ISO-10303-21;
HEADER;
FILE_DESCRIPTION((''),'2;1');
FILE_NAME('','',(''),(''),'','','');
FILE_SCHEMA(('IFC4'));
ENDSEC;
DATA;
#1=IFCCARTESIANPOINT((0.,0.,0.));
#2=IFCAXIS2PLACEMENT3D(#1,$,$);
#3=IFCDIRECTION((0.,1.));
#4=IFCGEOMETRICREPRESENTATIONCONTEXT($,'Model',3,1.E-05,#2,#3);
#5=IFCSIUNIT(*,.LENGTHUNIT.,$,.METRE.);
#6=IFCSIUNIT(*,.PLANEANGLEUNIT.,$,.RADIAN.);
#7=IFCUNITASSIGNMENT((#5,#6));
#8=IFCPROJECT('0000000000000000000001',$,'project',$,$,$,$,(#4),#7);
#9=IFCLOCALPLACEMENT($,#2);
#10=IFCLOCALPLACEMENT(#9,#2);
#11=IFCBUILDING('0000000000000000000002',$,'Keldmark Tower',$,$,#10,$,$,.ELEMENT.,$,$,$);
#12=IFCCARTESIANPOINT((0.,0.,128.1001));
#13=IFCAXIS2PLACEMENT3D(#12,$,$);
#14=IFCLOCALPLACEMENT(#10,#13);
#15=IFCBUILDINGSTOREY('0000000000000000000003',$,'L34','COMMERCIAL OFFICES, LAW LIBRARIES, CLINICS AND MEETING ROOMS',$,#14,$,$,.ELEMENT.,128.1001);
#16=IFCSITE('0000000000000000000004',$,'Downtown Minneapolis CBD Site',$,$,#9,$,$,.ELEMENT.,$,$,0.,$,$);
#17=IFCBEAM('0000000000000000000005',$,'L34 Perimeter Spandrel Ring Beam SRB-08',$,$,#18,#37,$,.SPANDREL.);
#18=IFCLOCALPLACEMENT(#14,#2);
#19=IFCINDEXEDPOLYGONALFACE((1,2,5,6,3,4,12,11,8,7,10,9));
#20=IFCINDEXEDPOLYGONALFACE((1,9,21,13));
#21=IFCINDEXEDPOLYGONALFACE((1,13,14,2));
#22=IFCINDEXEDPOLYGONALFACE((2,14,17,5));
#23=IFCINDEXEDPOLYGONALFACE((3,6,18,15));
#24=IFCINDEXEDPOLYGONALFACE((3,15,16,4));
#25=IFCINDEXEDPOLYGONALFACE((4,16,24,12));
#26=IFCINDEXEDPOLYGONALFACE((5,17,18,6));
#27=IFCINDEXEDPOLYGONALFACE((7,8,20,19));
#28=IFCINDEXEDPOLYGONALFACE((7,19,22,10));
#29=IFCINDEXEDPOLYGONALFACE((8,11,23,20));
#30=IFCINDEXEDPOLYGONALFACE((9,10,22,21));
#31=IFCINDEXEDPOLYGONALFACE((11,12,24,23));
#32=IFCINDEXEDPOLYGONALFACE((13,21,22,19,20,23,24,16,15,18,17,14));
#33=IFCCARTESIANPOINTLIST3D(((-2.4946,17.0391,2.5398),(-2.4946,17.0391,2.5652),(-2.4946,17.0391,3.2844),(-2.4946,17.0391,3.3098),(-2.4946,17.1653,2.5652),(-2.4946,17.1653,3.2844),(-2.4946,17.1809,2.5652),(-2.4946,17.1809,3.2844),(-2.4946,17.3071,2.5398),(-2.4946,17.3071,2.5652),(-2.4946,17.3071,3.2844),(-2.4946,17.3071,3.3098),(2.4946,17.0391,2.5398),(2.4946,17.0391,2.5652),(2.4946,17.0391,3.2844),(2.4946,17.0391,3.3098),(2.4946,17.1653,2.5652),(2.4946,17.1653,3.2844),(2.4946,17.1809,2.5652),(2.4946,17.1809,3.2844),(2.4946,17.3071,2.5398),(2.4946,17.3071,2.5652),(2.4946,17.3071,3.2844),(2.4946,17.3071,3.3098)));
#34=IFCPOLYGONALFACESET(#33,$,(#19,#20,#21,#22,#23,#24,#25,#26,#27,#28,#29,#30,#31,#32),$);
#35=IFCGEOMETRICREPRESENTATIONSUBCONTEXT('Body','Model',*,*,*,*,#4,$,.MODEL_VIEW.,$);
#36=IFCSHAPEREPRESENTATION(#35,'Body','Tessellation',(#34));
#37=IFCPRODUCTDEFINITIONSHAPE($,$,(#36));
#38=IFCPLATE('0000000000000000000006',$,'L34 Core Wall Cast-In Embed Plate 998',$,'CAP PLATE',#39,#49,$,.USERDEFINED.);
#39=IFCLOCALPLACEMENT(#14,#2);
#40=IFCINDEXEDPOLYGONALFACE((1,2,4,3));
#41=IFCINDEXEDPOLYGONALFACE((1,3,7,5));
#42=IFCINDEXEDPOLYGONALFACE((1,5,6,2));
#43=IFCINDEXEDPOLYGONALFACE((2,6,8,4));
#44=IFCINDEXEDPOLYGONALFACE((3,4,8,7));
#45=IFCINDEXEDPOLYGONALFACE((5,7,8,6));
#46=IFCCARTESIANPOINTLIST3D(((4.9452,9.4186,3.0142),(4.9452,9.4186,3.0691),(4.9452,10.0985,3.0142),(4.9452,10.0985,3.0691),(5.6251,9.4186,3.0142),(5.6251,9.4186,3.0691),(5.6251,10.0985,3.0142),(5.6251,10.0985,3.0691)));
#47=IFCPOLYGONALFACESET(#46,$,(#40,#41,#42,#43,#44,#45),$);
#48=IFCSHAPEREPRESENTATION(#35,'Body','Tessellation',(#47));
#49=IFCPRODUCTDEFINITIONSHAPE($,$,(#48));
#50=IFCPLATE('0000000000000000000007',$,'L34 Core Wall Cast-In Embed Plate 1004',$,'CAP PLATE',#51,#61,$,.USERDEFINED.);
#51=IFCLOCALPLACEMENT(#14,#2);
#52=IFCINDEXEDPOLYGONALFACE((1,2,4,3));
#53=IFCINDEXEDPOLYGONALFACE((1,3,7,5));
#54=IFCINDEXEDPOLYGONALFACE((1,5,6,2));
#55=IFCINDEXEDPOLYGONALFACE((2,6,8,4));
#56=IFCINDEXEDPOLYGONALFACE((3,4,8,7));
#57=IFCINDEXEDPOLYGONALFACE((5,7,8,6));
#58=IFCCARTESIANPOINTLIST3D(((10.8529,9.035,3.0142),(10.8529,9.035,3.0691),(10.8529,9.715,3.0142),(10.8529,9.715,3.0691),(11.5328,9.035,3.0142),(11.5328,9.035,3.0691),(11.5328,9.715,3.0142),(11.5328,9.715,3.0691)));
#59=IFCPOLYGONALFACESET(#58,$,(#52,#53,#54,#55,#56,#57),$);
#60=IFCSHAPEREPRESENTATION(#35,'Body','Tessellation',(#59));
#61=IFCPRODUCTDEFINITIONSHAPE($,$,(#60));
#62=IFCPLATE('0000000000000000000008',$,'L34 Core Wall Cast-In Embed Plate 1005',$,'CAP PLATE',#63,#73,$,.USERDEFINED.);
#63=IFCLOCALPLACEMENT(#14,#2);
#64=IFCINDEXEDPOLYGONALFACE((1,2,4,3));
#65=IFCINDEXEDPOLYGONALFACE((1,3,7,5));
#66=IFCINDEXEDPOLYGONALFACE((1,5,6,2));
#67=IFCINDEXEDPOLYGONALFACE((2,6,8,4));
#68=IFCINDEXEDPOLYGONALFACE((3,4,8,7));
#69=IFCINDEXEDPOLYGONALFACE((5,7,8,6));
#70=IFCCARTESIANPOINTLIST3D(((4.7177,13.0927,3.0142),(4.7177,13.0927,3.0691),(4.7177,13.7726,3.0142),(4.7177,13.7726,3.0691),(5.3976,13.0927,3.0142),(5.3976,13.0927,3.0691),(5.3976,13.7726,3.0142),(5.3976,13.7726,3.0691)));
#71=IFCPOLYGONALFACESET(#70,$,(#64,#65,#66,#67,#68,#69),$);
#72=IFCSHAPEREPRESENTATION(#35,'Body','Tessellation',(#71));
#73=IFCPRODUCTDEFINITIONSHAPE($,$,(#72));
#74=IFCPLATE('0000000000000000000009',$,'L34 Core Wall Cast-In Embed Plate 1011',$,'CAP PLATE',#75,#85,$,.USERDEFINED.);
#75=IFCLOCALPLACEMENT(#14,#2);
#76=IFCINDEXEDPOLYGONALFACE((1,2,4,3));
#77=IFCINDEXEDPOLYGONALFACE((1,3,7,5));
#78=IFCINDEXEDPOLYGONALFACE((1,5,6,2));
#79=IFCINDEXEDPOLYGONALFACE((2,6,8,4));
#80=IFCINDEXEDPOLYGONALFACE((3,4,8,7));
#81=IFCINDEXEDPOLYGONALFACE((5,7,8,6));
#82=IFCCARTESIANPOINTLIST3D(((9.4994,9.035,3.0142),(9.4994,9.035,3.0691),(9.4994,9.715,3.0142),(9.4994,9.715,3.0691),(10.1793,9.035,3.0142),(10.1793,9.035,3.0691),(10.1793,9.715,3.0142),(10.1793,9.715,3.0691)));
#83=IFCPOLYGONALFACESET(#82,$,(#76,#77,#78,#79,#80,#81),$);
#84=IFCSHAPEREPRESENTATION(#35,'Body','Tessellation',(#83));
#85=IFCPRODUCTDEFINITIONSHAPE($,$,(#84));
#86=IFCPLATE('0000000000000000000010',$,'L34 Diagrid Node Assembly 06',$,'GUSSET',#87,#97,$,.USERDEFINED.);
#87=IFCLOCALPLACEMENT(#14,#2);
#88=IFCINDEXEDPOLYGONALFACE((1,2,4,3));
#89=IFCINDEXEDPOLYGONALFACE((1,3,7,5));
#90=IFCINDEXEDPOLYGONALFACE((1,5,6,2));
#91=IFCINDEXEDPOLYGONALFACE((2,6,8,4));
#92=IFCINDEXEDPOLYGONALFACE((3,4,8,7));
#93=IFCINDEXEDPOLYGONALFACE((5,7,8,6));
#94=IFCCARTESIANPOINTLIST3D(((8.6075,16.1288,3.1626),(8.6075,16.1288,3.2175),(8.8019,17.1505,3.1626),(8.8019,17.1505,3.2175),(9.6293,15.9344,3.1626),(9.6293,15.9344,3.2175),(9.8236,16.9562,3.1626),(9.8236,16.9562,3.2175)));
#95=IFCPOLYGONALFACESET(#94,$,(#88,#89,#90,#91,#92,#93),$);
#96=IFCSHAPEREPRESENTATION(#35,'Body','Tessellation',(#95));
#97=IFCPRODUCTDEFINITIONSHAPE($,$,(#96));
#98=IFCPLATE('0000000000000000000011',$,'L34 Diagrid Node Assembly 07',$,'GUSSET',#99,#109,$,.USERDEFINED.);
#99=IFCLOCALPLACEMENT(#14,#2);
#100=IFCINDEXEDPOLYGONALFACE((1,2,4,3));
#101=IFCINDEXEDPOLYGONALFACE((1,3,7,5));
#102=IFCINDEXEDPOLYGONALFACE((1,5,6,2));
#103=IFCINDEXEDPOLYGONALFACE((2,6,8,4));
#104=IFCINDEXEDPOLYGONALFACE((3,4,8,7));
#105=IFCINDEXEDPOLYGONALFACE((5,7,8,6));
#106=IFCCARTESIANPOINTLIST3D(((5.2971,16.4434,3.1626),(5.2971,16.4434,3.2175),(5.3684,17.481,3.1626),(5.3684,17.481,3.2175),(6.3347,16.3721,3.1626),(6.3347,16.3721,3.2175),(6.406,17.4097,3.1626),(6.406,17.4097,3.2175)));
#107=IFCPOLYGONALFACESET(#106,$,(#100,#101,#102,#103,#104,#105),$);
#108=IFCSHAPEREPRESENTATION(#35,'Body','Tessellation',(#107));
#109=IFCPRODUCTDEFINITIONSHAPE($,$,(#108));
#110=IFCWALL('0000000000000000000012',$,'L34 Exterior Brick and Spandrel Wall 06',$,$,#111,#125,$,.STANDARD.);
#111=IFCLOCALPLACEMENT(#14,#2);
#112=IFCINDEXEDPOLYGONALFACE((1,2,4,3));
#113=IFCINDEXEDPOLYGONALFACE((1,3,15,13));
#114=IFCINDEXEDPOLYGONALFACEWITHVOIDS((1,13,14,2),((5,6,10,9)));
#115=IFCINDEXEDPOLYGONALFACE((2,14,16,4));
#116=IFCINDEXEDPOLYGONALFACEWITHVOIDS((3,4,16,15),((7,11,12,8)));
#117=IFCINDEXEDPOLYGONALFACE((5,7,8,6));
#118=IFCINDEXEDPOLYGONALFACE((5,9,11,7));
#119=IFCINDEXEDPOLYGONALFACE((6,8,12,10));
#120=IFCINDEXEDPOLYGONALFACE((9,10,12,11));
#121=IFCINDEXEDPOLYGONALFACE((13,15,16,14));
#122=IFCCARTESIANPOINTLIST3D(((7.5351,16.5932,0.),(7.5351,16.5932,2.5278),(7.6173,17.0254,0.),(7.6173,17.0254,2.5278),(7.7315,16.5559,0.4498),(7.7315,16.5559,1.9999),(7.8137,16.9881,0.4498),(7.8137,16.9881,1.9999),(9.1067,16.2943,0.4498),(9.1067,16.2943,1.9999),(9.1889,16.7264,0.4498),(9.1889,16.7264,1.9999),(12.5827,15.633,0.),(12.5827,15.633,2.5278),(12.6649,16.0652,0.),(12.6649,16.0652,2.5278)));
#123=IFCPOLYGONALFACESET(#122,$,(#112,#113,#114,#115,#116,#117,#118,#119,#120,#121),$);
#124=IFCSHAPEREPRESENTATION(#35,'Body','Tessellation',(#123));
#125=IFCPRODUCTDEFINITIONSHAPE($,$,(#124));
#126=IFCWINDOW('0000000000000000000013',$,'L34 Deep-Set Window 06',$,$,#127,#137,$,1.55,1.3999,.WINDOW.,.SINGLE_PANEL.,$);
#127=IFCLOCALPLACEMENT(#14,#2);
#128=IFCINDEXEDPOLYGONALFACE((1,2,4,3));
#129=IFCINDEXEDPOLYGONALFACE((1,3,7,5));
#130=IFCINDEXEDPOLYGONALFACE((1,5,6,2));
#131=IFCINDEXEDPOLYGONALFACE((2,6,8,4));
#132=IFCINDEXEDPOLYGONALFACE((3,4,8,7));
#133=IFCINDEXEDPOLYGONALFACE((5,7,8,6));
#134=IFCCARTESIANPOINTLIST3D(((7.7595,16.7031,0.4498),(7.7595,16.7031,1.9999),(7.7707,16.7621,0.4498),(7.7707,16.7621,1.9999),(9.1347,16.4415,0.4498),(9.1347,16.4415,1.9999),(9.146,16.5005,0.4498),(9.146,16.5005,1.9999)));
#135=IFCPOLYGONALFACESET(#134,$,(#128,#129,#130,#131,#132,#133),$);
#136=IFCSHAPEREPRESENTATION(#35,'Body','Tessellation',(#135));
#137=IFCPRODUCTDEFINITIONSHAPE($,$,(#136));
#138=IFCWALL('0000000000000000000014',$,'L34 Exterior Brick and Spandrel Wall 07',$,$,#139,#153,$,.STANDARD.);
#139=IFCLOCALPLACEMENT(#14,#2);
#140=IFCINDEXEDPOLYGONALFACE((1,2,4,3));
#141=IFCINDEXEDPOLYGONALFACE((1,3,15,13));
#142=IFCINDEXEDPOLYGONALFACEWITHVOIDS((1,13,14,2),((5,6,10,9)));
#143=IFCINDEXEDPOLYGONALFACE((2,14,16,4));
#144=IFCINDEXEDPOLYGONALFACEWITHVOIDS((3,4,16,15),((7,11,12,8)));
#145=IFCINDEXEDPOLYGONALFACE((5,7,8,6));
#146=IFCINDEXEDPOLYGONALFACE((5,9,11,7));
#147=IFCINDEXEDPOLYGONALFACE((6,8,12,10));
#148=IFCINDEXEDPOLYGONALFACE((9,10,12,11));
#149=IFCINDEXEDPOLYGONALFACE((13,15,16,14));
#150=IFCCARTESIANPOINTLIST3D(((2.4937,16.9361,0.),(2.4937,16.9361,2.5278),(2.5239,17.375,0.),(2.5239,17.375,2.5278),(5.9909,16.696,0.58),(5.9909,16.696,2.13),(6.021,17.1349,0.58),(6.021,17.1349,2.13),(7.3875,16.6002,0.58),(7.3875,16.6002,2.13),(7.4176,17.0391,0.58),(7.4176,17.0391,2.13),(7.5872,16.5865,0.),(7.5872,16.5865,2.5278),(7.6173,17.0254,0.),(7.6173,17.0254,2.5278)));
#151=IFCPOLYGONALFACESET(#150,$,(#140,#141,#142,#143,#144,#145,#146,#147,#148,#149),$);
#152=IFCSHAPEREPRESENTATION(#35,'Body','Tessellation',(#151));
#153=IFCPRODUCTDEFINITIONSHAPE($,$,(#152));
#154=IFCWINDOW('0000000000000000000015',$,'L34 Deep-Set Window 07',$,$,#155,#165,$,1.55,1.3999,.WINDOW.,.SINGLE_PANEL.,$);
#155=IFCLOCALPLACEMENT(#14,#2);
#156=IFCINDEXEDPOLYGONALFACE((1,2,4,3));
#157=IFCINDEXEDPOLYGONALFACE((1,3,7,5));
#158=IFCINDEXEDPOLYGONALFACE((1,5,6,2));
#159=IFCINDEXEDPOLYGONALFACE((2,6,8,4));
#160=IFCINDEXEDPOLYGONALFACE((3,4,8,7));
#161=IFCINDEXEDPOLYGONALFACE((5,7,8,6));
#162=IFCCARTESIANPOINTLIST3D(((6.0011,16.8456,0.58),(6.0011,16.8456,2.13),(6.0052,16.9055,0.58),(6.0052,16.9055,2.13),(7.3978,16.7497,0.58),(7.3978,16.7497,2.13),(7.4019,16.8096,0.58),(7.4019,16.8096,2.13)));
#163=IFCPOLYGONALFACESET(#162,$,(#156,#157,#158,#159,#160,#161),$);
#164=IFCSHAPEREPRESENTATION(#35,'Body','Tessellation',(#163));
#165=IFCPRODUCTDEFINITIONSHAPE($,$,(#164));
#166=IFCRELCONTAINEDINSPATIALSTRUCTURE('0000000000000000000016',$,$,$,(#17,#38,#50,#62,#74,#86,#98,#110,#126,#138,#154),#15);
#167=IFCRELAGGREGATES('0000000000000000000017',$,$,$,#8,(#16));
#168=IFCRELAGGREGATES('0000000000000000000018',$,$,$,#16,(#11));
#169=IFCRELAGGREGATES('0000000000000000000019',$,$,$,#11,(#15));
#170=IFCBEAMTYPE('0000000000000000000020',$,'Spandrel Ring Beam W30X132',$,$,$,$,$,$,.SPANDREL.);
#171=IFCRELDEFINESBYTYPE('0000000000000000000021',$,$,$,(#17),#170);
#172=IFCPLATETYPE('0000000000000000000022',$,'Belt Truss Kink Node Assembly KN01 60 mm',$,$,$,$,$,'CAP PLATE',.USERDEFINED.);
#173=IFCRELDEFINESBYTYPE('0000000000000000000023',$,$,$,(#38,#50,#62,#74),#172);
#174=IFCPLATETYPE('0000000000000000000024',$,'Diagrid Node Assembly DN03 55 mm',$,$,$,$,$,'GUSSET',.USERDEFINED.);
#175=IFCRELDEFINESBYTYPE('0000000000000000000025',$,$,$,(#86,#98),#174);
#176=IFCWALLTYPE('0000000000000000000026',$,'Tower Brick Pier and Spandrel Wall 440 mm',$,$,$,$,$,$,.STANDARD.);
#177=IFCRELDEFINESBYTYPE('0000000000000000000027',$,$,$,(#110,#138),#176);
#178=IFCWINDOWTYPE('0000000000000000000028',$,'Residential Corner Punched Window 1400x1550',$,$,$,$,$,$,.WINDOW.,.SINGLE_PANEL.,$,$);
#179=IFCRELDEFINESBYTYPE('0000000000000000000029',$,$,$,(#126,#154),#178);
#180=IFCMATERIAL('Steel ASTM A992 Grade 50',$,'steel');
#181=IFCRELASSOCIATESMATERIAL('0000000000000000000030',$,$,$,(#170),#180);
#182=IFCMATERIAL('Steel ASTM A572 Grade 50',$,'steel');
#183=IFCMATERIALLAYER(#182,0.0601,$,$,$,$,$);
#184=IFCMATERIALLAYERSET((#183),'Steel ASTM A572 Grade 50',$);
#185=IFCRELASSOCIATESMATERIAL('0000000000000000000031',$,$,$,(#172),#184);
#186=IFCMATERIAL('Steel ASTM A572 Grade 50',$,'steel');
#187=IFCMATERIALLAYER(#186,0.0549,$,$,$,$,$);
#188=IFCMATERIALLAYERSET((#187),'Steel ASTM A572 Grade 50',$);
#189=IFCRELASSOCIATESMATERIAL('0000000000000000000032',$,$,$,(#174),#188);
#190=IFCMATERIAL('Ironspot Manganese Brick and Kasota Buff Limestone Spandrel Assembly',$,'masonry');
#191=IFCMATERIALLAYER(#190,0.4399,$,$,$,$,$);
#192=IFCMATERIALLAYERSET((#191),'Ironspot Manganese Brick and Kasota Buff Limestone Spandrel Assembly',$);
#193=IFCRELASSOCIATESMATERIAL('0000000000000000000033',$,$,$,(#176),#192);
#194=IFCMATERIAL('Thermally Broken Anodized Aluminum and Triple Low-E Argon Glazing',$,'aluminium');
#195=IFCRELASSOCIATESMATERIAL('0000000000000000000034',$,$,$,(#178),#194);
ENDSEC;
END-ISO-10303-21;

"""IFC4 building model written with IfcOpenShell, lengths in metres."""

from ifc_helpers import new_model, si_unit, direction, frame, frame_2d, origin, origin_2d, place, context, subcontext, project, spatial, rectangle, i_section, extrude, material, layer, layer_set, material_profile, profile_set, type_object, element, fill, save


model = new_model("IFC4")

# Units and contexts
model_context = context("Model", 3, precision=1e-05, world=origin(), true_north=direction((0.0, 1.0)))
body_context = subcontext(model_context, "Body", "Model", "MODEL_VIEW")
ifc_project = project(units=[si_unit("LENGTHUNIT", "METRE"), si_unit("PLANEANGLEUNIT", "RADIAN")], contexts=[model_context])

# Site, building, storey
site_placement = place(None, origin())
site = spatial("IfcSite", under=ifc_project, at=site_placement, Name="Downtown Minneapolis CBD Site", CompositionType="ELEMENT", RefElevation=0.0)
building_placement = place(site_placement, origin())
building = spatial("IfcBuilding", under=site, at=building_placement, Name="Keldmark Tower", CompositionType="ELEMENT")
storey_placement = place(building_placement, frame((0.0, 0.0, 128.1001)))
storey = spatial("IfcBuildingStorey", under=building, at=storey_placement, Name="L34", Description="COMMERCIAL OFFICES, LAW LIBRARIES, CLINICS AND MEETING ROOMS", CompositionType="ELEMENT", Elevation=128.1001)

# Beam
ifc_material_1 = material(Name="Steel ASTM A992 Grade 50", Category="steel")
ifc_material_profile_1 = material_profile(ifc_material_1, i_section(OverallWidth=0.2681, OverallDepth=0.77, WebThickness=0.0156, FlangeThickness=0.0254, at=origin_2d()), Name="W30X132")
ifc_profile_set_1 = profile_set([ifc_material_profile_1], Name="Steel ASTM A992 Grade 50")
beam_type_1 = type_object("IfcBeamType", Name="Spandrel Ring Beam W30X132", PredefinedType="SPANDREL", material=ifc_profile_set_1)
beam_1_placement = place(storey_placement, frame((2.4946, 17.1731, 2.9248), z_axis=(-1.0, 0.0, 0.0), x_axis=(0.0, -1.0, 0.0)))
element("IfcBeam", 1, at=beam_1_placement, inside=storey, type_object=beam_type_1, Name="L34 Perimeter Spandrel Ring Beam SRB-08", PredefinedType="SPANDREL", context=body_context, shape_type="SweptSolid", body=[
    extrude(i_section(OverallWidth=0.2681, OverallDepth=0.77, WebThickness=0.0156, FlangeThickness=0.0254, at=origin_2d()), origin(), (0.0, 0.0, 1.0), 4.9893),
])

# Plates
ifc_material_2 = material(Name="Steel ASTM A572 Grade 50", Category="steel")
ifc_layer_1 = layer(ifc_material_2, 0.0601)
ifc_layer_set_1 = layer_set([ifc_layer_1], Name="Steel ASTM A572 Grade 50")
plate_type_1 = type_object("IfcPlateType", Name="Belt Truss Kink Node Assembly KN01 60 mm", ElementType="CAP PLATE", PredefinedType="USERDEFINED", material=ifc_layer_set_1)
for number, where, z_axis, x_axis, name in (
    (2, (5.2852, 9.7585, 3.0142), (0.0, 0.0, 1.0), (1.0, 0.0, 0.0), "L34 Core Wall Cast-In Embed Plate 998"),
    (3, (11.1929, 9.375, 3.0142), (0.0, 0.0, 1.0), (1.0, 0.0, 0.0), "L34 Core Wall Cast-In Embed Plate 1004"),
    (4, (5.0576, 13.4326, 3.0142), (0.0, 0.0, 1.0), (1.0, 0.0, 0.0), "L34 Core Wall Cast-In Embed Plate 1005"),
    (5, (9.8394, 9.375, 3.0142), (0.0, 0.0, 1.0), (1.0, 0.0, 0.0), "L34 Core Wall Cast-In Embed Plate 1011"),
):
    element("IfcPlate", number, at=place(storey_placement, frame(where, z_axis=z_axis, x_axis=x_axis)), inside=storey, type_object=plate_type_1, Name=name, ObjectType="CAP PLATE", PredefinedType="USERDEFINED", context=body_context, shape_type="SweptSolid", body=[
        extrude(rectangle(XDim=0.6799, YDim=0.6799, at=origin_2d()), origin(), (0.0, 0.0, 1.0), 0.0549),
    ])
ifc_material_3 = material(Name="Steel ASTM A572 Grade 50", Category="steel")
ifc_layer_2 = layer(ifc_material_3, 0.0549)
ifc_layer_set_2 = layer_set([ifc_layer_2], Name="Steel ASTM A572 Grade 50")
plate_type_2 = type_object("IfcPlateType", Name="Diagrid Node Assembly DN03 55 mm", ElementType="GUSSET", PredefinedType="USERDEFINED", material=ifc_layer_set_2)
for number, where, z_axis, x_axis, name in (
    (6, (9.2156, 16.5425, 3.1626), (0.0, 0.0, 1.0), (-0.982385, 0.186867, 0.0), "L34 Diagrid Node Assembly 06"),
    (7, (5.8516, 16.9265, 3.1626), (0.0, 0.0, 1.0), (-0.997649, 0.068538, 0.0), "L34 Diagrid Node Assembly 07"),
):
    element("IfcPlate", number, at=place(storey_placement, frame(where, z_axis=z_axis, x_axis=x_axis)), inside=storey, type_object=plate_type_2, Name=name, ObjectType="GUSSET", PredefinedType="USERDEFINED", context=body_context, shape_type="SweptSolid", body=[
        extrude(rectangle(XDim=1.04, YDim=1.04, at=origin_2d()), origin(), (0.0, 0.0, 1.0), 0.0549),
    ])

# Walls, openings, windows
ifc_material_4 = material(Name="Ironspot Manganese Brick and Kasota Buff Limestone Spandrel Assembly", Category="masonry")
ifc_layer_3 = layer(ifc_material_4, 0.4399)
ifc_layer_set_3 = layer_set([ifc_layer_3], Name="Ironspot Manganese Brick and Kasota Buff Limestone Spandrel Assembly")
wall_type = type_object("IfcWallType", Name="Tower Brick Pier and Spandrel Wall 440 mm", PredefinedType="STANDARD", material=ifc_layer_set_3)
wall_1_placement = place(storey_placement, frame((7.5762, 16.8093, 0.0), z_axis=(0.0, 0.0, 1.0), x_axis=(0.982383, -0.186878, 0.0)))
wall_1 = element("IfcWall", 8, at=wall_1_placement, inside=storey, type_object=wall_type, Name="L34 Exterior Brick and Spandrel Wall 06", PredefinedType="STANDARD", context=body_context, shape_type="SweptSolid", body=[
    extrude(rectangle(XDim=5.1382, YDim=0.4399, at=frame_2d((2.5691, 0.0))), origin(), (0.0, 0.0, 1.0), 2.5278),
])
opening_1_placement = place(wall_1_placement, frame((0.2, 0.0, 0.45)))
opening_1 = element("IfcOpeningElement", 9, at=opening_1_placement, cuts=wall_1, PredefinedType="OPENING", context=body_context, shape_type="SweptSolid", body=[
    extrude(rectangle(XDim=1.3999, YDim=1.55, at=frame_2d((0.7, 0.7749))), frame((0.0, 0.23, 0.0), z_axis=(0.0, -1.0, 0.0), x_axis=(1.0, 0.0, 0.0)), (0.0, 0.0, 1.0), 0.46),
])
ifc_material_5 = material(Name="Thermally Broken Anodized Aluminum and Triple Low-E Argon Glazing", Category="aluminium")
window_type = type_object("IfcWindowType", Name="Residential Corner Punched Window 1400x1550", PartitioningType="SINGLE_PANEL", PredefinedType="WINDOW", material=ifc_material_5)
window_1_placement = place(opening_1_placement, origin())
window_1 = element("IfcWindow", 10, at=window_1_placement, inside=storey, type_object=window_type, Name="L34 Deep-Set Window 06", OverallHeight=1.55, OverallWidth=1.3999, PartitioningType="SINGLE_PANEL", PredefinedType="WINDOW", context=body_context, shape_type="SweptSolid", body=[
    extrude(rectangle(XDim=1.3999, YDim=1.55, at=frame_2d((0.7, 0.7749))), frame((0.0, -0.01, 0.0), z_axis=(0.0, -1.0, 0.0), x_axis=(1.0, 0.0, 0.0)), (0.0, 0.0, 1.0), 0.0601),
])
fill(opening_1, window_1)
wall_2_placement = place(storey_placement, frame((2.5088, 17.1555, 0.0), z_axis=(0.0, 0.0, 1.0), x_axis=(0.997653, -0.068477, 0.0)))
wall_2 = element("IfcWall", 11, at=wall_2_placement, inside=storey, type_object=wall_type, Name="L34 Exterior Brick and Spandrel Wall 07", PredefinedType="STANDARD", context=body_context, shape_type="SweptSolid", body=[
    extrude(rectangle(XDim=5.1055, YDim=0.4399, at=frame_2d((2.5527, 0.0))), origin(), (0.0, 0.0, 1.0), 2.5278),
])
opening_2_placement = place(wall_2_placement, frame((3.5054, 0.0, 0.5801)))
opening_2 = element("IfcOpeningElement", 12, at=opening_2_placement, cuts=wall_2, PredefinedType="OPENING", context=body_context, shape_type="SweptSolid", body=[
    extrude(rectangle(XDim=1.3999, YDim=1.55, at=frame_2d((0.7, 0.7749))), frame((0.0, 0.23, 0.0), z_axis=(0.0, -1.0, 0.0), x_axis=(1.0, 0.0, 0.0)), (0.0, 0.0, 1.0), 0.46),
])
window_2_placement = place(opening_2_placement, origin())
window_2 = element("IfcWindow", 13, at=window_2_placement, inside=storey, type_object=window_type, Name="L34 Deep-Set Window 07", OverallHeight=1.55, OverallWidth=1.3999, PartitioningType="SINGLE_PANEL", PredefinedType="WINDOW", context=body_context, shape_type="SweptSolid", body=[
    extrude(rectangle(XDim=1.3999, YDim=1.55, at=frame_2d((0.7, 0.7749))), frame((0.0, -0.01, 0.0), z_axis=(0.0, -1.0, 0.0), x_axis=(1.0, 0.0, 0.0)), (0.0, 0.0, 1.0), 0.0601),
])
fill(opening_2, window_2)

save(model, "model.ifc")
